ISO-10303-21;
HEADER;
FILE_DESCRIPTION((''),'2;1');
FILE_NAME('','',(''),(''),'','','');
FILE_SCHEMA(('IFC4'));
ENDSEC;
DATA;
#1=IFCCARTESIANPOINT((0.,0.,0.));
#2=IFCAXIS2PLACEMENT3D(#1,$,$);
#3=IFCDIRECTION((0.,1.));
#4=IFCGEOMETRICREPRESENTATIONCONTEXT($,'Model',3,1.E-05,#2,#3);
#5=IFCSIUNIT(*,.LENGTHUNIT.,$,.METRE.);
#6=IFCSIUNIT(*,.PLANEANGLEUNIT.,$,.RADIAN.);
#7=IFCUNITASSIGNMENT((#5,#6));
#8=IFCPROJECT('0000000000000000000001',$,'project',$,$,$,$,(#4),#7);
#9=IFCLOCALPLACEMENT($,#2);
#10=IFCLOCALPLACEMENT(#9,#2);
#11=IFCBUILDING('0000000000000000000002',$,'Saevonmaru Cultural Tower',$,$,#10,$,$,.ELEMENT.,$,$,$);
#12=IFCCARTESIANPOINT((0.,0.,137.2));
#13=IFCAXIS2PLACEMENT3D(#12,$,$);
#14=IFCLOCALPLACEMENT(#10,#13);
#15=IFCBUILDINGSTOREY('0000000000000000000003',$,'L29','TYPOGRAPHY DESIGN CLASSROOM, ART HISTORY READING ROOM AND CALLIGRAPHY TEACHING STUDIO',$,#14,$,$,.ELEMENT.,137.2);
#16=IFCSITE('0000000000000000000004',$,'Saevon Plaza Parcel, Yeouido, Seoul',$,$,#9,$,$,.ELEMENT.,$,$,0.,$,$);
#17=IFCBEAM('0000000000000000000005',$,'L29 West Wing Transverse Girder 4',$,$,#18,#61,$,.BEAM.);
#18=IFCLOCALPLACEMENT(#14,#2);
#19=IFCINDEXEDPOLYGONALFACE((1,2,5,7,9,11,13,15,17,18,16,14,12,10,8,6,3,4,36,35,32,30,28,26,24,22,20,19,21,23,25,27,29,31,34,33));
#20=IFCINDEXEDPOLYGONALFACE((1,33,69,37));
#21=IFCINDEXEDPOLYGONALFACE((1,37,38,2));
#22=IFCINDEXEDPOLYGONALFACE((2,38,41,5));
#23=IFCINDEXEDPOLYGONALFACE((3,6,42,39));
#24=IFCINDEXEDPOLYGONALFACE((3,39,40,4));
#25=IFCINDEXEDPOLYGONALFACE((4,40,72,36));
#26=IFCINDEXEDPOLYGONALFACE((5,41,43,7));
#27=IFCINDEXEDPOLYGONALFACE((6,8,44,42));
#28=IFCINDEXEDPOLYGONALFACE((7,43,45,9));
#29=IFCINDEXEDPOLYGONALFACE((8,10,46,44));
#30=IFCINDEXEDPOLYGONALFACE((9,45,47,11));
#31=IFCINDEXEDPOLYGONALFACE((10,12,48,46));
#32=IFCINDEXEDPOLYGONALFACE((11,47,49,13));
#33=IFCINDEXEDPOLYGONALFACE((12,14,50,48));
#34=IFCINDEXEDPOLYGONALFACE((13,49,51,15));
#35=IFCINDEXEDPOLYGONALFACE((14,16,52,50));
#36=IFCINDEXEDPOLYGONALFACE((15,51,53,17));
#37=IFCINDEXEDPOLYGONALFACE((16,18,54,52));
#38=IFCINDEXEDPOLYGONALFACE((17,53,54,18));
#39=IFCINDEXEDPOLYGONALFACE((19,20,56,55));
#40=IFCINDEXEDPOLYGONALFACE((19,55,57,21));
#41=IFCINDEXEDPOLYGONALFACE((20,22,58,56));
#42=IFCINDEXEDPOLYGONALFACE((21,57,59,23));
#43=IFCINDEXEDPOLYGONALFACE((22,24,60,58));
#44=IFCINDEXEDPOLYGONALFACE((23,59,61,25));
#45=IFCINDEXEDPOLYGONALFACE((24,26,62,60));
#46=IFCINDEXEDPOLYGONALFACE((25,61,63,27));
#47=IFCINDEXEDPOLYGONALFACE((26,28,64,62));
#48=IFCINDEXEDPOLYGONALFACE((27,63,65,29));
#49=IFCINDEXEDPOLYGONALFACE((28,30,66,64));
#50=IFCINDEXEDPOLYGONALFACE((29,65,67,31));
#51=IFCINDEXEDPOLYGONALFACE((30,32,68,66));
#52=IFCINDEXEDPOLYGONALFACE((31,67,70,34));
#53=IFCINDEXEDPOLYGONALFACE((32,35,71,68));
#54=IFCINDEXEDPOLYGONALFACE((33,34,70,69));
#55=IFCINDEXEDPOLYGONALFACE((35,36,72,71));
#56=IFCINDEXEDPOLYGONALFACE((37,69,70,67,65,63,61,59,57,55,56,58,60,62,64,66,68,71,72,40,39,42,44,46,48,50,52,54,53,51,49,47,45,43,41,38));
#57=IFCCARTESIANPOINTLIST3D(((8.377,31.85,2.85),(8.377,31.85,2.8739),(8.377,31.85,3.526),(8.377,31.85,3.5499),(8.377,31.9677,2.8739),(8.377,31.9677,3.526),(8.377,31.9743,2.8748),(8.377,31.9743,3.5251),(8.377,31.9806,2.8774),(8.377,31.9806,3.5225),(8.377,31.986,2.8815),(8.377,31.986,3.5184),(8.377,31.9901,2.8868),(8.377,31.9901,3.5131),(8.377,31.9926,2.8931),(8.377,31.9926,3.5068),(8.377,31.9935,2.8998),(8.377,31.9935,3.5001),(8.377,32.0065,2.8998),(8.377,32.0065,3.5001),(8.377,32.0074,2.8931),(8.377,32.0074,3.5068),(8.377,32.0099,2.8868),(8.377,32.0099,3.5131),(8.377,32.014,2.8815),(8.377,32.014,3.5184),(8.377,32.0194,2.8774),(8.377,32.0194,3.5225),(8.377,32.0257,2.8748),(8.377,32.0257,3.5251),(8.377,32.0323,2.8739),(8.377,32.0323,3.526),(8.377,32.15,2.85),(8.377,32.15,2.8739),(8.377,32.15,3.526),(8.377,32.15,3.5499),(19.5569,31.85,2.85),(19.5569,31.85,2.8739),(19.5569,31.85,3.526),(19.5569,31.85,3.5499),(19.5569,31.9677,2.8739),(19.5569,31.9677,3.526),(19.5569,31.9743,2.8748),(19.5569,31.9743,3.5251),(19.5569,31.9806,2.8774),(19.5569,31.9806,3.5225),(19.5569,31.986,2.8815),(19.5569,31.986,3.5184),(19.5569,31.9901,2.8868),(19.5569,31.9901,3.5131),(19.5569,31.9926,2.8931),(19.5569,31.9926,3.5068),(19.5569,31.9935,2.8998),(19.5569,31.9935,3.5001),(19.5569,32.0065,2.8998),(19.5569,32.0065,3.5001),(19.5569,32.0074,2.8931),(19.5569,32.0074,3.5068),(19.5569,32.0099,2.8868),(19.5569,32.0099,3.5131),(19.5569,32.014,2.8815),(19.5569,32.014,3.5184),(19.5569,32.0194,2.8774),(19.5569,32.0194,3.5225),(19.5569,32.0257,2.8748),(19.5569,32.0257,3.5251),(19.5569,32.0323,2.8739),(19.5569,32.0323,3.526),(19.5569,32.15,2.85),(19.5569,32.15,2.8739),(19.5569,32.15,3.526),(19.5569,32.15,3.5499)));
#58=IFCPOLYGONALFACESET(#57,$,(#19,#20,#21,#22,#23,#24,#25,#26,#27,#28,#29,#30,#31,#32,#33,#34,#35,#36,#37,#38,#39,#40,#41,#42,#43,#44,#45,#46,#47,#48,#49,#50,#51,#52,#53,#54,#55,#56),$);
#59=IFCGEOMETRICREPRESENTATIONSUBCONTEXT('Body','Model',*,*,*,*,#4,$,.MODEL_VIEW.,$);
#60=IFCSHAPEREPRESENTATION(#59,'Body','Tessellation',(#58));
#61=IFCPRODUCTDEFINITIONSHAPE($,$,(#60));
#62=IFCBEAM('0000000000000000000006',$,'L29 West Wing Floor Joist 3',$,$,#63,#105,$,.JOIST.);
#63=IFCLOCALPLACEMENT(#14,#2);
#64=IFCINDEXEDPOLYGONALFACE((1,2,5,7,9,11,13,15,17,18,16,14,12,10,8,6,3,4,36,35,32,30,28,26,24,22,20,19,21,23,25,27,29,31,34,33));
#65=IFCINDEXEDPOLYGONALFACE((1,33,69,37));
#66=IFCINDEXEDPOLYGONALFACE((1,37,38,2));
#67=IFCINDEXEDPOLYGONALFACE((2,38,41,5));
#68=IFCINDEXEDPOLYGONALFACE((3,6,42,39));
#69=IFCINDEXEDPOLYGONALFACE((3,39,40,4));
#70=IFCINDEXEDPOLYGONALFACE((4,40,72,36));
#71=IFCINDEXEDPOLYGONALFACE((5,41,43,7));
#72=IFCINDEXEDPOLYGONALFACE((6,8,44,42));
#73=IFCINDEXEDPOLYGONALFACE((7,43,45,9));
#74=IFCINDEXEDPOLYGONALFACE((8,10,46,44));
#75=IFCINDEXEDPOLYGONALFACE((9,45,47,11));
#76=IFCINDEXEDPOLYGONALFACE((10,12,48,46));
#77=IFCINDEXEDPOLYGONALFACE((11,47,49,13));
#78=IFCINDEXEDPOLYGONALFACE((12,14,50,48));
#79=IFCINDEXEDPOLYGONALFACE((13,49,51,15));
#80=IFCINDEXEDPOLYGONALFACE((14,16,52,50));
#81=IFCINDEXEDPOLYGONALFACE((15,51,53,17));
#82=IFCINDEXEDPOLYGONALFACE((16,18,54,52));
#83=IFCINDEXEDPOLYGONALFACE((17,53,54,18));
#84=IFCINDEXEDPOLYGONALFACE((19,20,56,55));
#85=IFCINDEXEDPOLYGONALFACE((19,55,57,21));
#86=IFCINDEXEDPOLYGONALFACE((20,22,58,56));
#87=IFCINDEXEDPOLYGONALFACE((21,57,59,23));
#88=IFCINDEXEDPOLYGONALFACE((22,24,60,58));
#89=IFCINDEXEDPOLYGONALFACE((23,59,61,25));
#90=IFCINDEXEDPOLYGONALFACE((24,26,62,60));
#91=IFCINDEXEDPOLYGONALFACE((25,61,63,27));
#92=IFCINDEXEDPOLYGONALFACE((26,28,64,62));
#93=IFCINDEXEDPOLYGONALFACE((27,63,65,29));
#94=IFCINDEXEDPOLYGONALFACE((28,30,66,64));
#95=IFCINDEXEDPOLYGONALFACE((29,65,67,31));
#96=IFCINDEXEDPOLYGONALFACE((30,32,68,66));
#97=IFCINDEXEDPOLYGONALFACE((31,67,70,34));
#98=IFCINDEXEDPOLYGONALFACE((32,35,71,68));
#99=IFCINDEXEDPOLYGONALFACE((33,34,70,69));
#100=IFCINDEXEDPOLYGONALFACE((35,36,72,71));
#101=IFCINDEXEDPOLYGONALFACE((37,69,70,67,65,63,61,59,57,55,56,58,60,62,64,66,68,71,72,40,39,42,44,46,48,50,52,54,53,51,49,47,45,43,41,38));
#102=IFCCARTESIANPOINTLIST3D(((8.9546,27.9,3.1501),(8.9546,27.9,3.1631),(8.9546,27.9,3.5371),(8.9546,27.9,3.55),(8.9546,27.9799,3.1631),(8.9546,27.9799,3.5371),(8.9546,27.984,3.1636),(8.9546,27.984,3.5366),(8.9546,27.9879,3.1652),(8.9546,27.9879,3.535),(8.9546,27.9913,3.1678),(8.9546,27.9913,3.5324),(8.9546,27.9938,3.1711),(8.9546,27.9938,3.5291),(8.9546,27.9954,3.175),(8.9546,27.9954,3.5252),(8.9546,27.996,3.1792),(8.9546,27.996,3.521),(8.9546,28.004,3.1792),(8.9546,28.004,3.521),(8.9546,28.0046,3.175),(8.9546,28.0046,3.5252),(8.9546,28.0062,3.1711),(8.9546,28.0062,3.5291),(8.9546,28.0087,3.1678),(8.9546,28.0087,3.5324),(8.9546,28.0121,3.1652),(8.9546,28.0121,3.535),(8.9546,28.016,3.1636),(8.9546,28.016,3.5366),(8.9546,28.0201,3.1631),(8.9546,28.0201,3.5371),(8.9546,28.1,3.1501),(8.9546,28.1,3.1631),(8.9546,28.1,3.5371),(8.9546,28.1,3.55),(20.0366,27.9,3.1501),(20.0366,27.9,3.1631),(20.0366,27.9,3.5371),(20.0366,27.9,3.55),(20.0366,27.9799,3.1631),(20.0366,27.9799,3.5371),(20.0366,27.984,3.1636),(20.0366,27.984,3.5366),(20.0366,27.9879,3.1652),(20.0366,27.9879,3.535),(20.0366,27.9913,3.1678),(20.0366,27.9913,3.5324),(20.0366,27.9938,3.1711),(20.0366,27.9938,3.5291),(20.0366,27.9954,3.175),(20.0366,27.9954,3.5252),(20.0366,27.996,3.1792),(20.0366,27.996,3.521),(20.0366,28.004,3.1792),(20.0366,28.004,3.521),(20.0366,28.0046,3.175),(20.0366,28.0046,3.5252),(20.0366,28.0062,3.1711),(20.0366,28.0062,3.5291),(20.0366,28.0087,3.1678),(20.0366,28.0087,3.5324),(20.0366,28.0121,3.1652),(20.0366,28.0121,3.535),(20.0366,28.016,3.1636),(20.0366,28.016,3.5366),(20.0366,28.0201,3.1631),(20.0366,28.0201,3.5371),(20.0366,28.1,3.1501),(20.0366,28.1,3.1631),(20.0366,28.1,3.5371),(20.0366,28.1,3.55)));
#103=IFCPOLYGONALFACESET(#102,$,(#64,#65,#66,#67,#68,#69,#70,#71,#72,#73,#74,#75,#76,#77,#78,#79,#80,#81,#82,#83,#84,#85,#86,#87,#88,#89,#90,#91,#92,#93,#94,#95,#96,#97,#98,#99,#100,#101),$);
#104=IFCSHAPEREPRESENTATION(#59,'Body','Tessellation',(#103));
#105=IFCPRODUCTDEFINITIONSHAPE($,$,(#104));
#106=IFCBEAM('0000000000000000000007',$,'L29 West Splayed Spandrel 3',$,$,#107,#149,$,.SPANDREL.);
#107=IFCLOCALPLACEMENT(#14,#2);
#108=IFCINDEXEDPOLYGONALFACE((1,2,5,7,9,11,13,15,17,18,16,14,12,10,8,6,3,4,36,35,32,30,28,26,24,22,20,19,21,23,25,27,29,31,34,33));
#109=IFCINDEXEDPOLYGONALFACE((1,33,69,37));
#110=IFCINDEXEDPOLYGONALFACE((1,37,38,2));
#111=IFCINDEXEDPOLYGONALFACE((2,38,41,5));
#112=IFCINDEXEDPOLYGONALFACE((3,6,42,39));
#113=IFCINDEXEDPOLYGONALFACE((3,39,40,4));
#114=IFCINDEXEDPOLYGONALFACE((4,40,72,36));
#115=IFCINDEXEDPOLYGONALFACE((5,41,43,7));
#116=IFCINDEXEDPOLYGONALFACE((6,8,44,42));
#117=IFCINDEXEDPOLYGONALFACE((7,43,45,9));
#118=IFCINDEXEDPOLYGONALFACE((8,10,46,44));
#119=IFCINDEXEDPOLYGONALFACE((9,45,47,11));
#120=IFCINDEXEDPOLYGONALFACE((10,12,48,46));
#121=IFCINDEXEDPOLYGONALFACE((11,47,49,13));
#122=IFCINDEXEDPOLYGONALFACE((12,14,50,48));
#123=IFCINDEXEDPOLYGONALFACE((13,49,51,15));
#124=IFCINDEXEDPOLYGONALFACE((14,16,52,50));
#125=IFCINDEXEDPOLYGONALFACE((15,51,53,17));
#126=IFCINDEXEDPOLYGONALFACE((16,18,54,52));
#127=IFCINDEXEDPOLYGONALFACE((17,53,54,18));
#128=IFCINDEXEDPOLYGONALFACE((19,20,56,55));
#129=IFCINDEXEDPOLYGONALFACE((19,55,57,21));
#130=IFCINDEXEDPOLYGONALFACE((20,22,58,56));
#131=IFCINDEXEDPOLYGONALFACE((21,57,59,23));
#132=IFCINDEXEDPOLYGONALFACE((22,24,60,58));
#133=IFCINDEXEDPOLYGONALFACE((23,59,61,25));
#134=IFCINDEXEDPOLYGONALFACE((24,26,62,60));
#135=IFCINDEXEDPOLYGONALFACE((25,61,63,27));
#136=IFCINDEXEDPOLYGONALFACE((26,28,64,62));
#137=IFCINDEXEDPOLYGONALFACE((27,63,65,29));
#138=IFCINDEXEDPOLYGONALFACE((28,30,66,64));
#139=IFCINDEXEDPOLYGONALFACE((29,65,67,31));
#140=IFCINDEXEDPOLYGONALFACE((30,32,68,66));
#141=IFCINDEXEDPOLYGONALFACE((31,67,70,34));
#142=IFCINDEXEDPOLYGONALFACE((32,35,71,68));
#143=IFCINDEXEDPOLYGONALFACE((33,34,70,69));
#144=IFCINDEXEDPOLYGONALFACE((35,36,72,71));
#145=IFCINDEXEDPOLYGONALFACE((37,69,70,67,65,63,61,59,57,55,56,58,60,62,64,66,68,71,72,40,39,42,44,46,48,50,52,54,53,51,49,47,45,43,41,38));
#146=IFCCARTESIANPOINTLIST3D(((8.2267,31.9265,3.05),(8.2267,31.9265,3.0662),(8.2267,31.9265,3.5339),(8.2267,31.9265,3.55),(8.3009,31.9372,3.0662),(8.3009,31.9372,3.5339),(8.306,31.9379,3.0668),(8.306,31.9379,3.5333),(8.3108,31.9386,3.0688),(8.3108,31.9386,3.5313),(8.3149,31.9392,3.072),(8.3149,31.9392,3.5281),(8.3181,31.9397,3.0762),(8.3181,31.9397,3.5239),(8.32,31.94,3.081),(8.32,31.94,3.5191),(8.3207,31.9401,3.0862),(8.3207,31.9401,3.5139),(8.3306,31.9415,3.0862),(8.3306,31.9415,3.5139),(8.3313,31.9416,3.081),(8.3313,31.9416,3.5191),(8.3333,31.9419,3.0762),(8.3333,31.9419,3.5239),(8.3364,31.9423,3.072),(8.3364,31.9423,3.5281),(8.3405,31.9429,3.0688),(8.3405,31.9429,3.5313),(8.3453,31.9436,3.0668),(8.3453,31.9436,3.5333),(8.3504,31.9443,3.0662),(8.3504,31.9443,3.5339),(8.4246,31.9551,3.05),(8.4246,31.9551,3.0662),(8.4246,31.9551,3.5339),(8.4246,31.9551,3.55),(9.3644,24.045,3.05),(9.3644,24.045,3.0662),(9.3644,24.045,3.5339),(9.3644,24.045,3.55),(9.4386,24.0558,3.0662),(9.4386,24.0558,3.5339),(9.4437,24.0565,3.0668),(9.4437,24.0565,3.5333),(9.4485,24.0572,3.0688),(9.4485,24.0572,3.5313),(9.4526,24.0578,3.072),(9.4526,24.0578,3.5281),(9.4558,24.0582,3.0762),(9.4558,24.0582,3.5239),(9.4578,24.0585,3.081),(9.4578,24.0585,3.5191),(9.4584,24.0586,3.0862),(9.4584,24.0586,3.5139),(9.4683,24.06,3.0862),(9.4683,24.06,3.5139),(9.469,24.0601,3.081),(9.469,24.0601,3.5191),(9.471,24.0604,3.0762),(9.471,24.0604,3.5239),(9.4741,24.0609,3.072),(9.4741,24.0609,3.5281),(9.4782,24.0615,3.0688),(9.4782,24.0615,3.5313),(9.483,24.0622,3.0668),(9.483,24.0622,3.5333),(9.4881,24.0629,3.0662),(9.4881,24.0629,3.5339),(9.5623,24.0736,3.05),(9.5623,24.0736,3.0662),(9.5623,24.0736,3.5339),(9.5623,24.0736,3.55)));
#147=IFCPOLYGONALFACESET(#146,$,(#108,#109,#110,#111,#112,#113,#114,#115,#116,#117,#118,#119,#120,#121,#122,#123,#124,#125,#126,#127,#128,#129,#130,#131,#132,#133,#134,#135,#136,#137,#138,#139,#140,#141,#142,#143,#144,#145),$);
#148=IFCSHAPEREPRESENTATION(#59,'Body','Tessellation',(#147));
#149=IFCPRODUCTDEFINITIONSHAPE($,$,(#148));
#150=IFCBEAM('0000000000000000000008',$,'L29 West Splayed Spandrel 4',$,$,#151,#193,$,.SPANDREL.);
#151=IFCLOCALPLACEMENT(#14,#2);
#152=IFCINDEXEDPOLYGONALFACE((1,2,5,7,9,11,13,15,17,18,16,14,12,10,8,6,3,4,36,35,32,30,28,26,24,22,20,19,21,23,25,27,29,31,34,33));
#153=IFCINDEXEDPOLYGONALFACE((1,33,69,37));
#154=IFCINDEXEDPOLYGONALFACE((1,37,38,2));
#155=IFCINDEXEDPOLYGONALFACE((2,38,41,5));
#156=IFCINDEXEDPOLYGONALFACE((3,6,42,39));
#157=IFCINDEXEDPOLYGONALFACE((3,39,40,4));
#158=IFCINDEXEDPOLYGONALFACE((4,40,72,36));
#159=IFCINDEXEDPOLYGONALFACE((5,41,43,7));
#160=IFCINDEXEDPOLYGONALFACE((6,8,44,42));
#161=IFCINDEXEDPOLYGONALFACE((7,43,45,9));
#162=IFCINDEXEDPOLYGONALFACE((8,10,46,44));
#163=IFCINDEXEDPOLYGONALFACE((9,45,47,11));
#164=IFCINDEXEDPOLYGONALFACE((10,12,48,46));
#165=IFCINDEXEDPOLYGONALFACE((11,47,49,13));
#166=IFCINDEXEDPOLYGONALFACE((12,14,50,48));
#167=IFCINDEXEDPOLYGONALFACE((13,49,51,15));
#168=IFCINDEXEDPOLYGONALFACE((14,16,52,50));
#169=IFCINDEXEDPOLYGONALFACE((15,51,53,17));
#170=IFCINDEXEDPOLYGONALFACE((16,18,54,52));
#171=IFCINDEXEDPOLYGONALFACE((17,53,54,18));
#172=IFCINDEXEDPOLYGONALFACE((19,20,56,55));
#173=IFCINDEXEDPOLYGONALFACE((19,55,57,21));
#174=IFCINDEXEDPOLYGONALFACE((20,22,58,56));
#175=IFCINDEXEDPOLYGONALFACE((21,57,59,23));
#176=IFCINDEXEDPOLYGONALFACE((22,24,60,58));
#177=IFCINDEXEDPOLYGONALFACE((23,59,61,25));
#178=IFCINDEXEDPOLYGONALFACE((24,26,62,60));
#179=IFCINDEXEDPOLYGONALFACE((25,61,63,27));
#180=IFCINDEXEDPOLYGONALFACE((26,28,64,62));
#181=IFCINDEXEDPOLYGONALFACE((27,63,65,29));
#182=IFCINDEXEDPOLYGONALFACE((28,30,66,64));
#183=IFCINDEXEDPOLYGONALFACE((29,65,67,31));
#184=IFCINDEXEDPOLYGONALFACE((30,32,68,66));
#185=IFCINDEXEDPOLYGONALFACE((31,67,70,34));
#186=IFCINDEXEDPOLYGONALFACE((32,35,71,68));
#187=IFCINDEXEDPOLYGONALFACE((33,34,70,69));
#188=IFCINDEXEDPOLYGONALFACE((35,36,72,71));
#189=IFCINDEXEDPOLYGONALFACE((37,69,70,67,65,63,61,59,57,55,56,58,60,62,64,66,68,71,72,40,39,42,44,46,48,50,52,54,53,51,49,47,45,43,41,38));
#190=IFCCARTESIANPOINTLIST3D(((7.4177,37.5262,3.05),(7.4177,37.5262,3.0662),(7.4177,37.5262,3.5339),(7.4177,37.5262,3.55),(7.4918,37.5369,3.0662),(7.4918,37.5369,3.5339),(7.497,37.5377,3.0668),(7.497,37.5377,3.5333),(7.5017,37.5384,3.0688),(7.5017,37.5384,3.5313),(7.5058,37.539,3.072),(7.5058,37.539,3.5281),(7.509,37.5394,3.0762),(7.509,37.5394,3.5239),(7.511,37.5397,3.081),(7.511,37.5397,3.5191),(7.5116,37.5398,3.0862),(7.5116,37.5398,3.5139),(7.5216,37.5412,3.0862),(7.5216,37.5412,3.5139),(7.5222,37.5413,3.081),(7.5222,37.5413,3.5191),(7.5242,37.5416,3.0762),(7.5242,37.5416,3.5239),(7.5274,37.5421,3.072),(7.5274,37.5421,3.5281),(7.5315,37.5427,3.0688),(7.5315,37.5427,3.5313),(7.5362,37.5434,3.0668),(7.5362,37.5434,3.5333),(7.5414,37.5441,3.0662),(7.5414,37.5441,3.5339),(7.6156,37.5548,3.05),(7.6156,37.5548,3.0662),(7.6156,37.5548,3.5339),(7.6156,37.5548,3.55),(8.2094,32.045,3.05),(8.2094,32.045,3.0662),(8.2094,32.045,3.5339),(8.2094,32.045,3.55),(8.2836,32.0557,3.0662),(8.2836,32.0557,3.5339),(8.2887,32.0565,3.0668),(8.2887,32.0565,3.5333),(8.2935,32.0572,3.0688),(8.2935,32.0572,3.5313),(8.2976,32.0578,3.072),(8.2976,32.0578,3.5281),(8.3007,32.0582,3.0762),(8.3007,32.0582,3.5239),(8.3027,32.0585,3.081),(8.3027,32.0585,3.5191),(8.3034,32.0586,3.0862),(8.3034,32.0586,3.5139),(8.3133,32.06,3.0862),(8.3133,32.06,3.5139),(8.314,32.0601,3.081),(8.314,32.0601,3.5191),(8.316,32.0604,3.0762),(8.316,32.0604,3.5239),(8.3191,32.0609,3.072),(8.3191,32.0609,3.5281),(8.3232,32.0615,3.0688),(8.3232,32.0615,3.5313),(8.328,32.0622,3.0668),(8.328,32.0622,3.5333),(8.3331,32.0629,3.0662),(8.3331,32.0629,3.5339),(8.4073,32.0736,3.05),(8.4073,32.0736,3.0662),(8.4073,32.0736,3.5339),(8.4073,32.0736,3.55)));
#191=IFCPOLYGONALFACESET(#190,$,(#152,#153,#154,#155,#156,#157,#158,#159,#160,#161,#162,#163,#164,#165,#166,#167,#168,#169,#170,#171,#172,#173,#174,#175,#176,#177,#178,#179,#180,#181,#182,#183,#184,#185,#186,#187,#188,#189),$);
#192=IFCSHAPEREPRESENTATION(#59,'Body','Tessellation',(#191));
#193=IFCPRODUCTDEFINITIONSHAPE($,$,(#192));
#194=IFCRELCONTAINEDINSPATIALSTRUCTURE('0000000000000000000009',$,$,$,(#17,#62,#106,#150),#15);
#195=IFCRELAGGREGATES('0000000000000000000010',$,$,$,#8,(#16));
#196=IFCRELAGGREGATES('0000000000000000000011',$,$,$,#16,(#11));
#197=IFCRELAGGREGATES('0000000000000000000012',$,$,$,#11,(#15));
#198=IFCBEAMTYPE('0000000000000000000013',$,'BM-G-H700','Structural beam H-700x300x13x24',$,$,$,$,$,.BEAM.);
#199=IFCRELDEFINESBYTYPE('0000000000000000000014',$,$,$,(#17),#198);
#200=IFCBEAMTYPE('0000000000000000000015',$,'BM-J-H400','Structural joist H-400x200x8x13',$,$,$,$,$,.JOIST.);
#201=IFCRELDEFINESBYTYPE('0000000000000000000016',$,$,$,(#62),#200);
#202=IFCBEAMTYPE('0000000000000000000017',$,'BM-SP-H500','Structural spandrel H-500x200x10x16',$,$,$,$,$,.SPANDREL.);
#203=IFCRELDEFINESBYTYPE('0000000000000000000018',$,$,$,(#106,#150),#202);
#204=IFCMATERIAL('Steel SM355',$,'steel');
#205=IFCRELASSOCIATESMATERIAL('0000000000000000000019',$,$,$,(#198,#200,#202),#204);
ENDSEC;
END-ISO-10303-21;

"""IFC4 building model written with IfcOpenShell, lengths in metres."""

from ifc_helpers import new_model, si_unit, direction, frame, origin, origin_2d, place, context, subcontext, project, spatial, i_section, extrude, material, material_profile, profile_set, type_object, element, save


model = new_model("IFC4")

# Units and contexts
model_context = context("Model", 3, precision=1e-05, world=origin(), true_north=direction((0.0, 1.0)))
body_context = subcontext(model_context, "Body", "Model", "MODEL_VIEW")
ifc_project = project(units=[si_unit("LENGTHUNIT", "METRE"), si_unit("PLANEANGLEUNIT", "RADIAN")], contexts=[model_context])

# Site, building, storey
site_placement = place(None, origin())
site = spatial("IfcSite", under=ifc_project, at=site_placement, Name="Saevon Plaza Parcel, Yeouido, Seoul", CompositionType="ELEMENT", RefElevation=0.0)
building_placement = place(site_placement, origin())
building = spatial("IfcBuilding", under=site, at=building_placement, Name="Saevonmaru Cultural Tower", CompositionType="ELEMENT")
storey_placement = place(building_placement, frame((0.0, 0.0, 137.2)))
storey = spatial("IfcBuildingStorey", under=building, at=storey_placement, Name="L29", Description="TYPOGRAPHY DESIGN CLASSROOM, ART HISTORY READING ROOM AND CALLIGRAPHY TEACHING STUDIO", CompositionType="ELEMENT", Elevation=137.2)

# Shared definitions
ifc_material_1 = material(Name="Steel SM355", Category="steel")

# Beams
ifc_material_profile_1 = material_profile(ifc_material_1, i_section(OverallWidth=0.3, OverallDepth=0.7, WebThickness=0.0129, FlangeThickness=0.0239, FilletRadius=0.0259, at=origin_2d()), Name="H-700x300x13x24")
ifc_profile_set_1 = profile_set([ifc_material_profile_1], Name="Steel SM355")
beam_type_1 = type_object("IfcBeamType", Name="BM-G-H700", Description="Structural beam H-700x300x13x24", PredefinedType="BEAM", material=ifc_profile_set_1)
for number, where, z_axis, x_axis, name in (
    (1, (8.377, 32.0, 3.2), (1.0, 0.0, 0.0), (0.0, 1.0, 0.0), "L29 West Wing Transverse Girder 4"),
):
    element("IfcBeam", number, at=place(storey_placement, frame(where, z_axis=z_axis, x_axis=x_axis)), inside=storey, type_object=beam_type_1, Name=name, PredefinedType="BEAM", context=body_context, shape_type="SweptSolid", body=[
        extrude(i_section(OverallWidth=0.3, OverallDepth=0.7, WebThickness=0.0129, FlangeThickness=0.0239, FilletRadius=0.0259, at=origin_2d()), origin(), (0.0, 0.0, 1.0), 11.1799),
    ])
ifc_material_profile_2 = material_profile(ifc_material_1, i_section(OverallWidth=0.2, OverallDepth=0.3999, WebThickness=0.0081, FlangeThickness=0.0129, FilletRadius=0.0161, at=origin_2d()), Name="H-400x200x8x13")
ifc_profile_set_2 = profile_set([ifc_material_profile_2], Name="Steel SM355")
beam_type_2 = type_object("IfcBeamType", Name="BM-J-H400", Description="Structural joist H-400x200x8x13", PredefinedType="JOIST", material=ifc_profile_set_2)
beam_1_placement = place(storey_placement, frame((8.9546, 28.0, 3.3501), z_axis=(1.0, 0.0, 0.0), x_axis=(0.0, 1.0, 0.0)))
element("IfcBeam", 2, at=beam_1_placement, inside=storey, type_object=beam_type_2, Name="L29 West Wing Floor Joist 3", PredefinedType="JOIST", context=body_context, shape_type="SweptSolid", body=[
    extrude(i_section(OverallWidth=0.2, OverallDepth=0.3999, WebThickness=0.0081, FlangeThickness=0.0129, FilletRadius=0.0161, at=origin_2d()), origin(), (0.0, 0.0, 1.0), 11.082),
])
ifc_material_profile_3 = material_profile(ifc_material_1, i_section(OverallWidth=0.2, OverallDepth=0.5, WebThickness=0.01, FlangeThickness=0.0161, FilletRadius=0.02, at=origin_2d()), Name="H-500x200x10x16")
ifc_profile_set_3 = profile_set([ifc_material_profile_3], Name="Steel SM355")
beam_type_3 = type_object("IfcBeamType", Name="BM-SP-H500", Description="Structural spandrel H-500x200x10x16", PredefinedType="SPANDREL", material=ifc_profile_set_3)
beam_2_placement = place(storey_placement, frame((9.4634, 24.0593, 3.3), z_axis=(-0.142872, 0.989741, 0.0), x_axis=(-0.989741, -0.142872, 0.0)))
element("IfcBeam", 3, at=beam_2_placement, inside=storey, type_object=beam_type_3, Name="L29 West Splayed Spandrel 3", PredefinedType="SPANDREL", context=body_context, shape_type="SweptSolid", body=[
    extrude(i_section(OverallWidth=0.2, OverallDepth=0.5, WebThickness=0.01, FlangeThickness=0.0161, FilletRadius=0.02, at=origin_2d()), origin(), (0.0, 0.0, 1.0), 7.9631),
])
beam_3_placement = place(storey_placement, frame((8.3083, 32.0593, 3.3), z_axis=(-0.142964, 0.989728, 0.0), x_axis=(-0.989728, -0.142964, 0.0)))
element("IfcBeam", 4, at=beam_3_placement, inside=storey, type_object=beam_type_3, Name="L29 West Splayed Spandrel 4", PredefinedType="SPANDREL", context=body_context, shape_type="SweptSolid", body=[
    extrude(i_section(OverallWidth=0.2, OverallDepth=0.5, WebThickness=0.01, FlangeThickness=0.0161, FilletRadius=0.02, at=origin_2d()), origin(), (0.0, 0.0, 1.0), 5.5381),
])

save(model, "model.ifc")
